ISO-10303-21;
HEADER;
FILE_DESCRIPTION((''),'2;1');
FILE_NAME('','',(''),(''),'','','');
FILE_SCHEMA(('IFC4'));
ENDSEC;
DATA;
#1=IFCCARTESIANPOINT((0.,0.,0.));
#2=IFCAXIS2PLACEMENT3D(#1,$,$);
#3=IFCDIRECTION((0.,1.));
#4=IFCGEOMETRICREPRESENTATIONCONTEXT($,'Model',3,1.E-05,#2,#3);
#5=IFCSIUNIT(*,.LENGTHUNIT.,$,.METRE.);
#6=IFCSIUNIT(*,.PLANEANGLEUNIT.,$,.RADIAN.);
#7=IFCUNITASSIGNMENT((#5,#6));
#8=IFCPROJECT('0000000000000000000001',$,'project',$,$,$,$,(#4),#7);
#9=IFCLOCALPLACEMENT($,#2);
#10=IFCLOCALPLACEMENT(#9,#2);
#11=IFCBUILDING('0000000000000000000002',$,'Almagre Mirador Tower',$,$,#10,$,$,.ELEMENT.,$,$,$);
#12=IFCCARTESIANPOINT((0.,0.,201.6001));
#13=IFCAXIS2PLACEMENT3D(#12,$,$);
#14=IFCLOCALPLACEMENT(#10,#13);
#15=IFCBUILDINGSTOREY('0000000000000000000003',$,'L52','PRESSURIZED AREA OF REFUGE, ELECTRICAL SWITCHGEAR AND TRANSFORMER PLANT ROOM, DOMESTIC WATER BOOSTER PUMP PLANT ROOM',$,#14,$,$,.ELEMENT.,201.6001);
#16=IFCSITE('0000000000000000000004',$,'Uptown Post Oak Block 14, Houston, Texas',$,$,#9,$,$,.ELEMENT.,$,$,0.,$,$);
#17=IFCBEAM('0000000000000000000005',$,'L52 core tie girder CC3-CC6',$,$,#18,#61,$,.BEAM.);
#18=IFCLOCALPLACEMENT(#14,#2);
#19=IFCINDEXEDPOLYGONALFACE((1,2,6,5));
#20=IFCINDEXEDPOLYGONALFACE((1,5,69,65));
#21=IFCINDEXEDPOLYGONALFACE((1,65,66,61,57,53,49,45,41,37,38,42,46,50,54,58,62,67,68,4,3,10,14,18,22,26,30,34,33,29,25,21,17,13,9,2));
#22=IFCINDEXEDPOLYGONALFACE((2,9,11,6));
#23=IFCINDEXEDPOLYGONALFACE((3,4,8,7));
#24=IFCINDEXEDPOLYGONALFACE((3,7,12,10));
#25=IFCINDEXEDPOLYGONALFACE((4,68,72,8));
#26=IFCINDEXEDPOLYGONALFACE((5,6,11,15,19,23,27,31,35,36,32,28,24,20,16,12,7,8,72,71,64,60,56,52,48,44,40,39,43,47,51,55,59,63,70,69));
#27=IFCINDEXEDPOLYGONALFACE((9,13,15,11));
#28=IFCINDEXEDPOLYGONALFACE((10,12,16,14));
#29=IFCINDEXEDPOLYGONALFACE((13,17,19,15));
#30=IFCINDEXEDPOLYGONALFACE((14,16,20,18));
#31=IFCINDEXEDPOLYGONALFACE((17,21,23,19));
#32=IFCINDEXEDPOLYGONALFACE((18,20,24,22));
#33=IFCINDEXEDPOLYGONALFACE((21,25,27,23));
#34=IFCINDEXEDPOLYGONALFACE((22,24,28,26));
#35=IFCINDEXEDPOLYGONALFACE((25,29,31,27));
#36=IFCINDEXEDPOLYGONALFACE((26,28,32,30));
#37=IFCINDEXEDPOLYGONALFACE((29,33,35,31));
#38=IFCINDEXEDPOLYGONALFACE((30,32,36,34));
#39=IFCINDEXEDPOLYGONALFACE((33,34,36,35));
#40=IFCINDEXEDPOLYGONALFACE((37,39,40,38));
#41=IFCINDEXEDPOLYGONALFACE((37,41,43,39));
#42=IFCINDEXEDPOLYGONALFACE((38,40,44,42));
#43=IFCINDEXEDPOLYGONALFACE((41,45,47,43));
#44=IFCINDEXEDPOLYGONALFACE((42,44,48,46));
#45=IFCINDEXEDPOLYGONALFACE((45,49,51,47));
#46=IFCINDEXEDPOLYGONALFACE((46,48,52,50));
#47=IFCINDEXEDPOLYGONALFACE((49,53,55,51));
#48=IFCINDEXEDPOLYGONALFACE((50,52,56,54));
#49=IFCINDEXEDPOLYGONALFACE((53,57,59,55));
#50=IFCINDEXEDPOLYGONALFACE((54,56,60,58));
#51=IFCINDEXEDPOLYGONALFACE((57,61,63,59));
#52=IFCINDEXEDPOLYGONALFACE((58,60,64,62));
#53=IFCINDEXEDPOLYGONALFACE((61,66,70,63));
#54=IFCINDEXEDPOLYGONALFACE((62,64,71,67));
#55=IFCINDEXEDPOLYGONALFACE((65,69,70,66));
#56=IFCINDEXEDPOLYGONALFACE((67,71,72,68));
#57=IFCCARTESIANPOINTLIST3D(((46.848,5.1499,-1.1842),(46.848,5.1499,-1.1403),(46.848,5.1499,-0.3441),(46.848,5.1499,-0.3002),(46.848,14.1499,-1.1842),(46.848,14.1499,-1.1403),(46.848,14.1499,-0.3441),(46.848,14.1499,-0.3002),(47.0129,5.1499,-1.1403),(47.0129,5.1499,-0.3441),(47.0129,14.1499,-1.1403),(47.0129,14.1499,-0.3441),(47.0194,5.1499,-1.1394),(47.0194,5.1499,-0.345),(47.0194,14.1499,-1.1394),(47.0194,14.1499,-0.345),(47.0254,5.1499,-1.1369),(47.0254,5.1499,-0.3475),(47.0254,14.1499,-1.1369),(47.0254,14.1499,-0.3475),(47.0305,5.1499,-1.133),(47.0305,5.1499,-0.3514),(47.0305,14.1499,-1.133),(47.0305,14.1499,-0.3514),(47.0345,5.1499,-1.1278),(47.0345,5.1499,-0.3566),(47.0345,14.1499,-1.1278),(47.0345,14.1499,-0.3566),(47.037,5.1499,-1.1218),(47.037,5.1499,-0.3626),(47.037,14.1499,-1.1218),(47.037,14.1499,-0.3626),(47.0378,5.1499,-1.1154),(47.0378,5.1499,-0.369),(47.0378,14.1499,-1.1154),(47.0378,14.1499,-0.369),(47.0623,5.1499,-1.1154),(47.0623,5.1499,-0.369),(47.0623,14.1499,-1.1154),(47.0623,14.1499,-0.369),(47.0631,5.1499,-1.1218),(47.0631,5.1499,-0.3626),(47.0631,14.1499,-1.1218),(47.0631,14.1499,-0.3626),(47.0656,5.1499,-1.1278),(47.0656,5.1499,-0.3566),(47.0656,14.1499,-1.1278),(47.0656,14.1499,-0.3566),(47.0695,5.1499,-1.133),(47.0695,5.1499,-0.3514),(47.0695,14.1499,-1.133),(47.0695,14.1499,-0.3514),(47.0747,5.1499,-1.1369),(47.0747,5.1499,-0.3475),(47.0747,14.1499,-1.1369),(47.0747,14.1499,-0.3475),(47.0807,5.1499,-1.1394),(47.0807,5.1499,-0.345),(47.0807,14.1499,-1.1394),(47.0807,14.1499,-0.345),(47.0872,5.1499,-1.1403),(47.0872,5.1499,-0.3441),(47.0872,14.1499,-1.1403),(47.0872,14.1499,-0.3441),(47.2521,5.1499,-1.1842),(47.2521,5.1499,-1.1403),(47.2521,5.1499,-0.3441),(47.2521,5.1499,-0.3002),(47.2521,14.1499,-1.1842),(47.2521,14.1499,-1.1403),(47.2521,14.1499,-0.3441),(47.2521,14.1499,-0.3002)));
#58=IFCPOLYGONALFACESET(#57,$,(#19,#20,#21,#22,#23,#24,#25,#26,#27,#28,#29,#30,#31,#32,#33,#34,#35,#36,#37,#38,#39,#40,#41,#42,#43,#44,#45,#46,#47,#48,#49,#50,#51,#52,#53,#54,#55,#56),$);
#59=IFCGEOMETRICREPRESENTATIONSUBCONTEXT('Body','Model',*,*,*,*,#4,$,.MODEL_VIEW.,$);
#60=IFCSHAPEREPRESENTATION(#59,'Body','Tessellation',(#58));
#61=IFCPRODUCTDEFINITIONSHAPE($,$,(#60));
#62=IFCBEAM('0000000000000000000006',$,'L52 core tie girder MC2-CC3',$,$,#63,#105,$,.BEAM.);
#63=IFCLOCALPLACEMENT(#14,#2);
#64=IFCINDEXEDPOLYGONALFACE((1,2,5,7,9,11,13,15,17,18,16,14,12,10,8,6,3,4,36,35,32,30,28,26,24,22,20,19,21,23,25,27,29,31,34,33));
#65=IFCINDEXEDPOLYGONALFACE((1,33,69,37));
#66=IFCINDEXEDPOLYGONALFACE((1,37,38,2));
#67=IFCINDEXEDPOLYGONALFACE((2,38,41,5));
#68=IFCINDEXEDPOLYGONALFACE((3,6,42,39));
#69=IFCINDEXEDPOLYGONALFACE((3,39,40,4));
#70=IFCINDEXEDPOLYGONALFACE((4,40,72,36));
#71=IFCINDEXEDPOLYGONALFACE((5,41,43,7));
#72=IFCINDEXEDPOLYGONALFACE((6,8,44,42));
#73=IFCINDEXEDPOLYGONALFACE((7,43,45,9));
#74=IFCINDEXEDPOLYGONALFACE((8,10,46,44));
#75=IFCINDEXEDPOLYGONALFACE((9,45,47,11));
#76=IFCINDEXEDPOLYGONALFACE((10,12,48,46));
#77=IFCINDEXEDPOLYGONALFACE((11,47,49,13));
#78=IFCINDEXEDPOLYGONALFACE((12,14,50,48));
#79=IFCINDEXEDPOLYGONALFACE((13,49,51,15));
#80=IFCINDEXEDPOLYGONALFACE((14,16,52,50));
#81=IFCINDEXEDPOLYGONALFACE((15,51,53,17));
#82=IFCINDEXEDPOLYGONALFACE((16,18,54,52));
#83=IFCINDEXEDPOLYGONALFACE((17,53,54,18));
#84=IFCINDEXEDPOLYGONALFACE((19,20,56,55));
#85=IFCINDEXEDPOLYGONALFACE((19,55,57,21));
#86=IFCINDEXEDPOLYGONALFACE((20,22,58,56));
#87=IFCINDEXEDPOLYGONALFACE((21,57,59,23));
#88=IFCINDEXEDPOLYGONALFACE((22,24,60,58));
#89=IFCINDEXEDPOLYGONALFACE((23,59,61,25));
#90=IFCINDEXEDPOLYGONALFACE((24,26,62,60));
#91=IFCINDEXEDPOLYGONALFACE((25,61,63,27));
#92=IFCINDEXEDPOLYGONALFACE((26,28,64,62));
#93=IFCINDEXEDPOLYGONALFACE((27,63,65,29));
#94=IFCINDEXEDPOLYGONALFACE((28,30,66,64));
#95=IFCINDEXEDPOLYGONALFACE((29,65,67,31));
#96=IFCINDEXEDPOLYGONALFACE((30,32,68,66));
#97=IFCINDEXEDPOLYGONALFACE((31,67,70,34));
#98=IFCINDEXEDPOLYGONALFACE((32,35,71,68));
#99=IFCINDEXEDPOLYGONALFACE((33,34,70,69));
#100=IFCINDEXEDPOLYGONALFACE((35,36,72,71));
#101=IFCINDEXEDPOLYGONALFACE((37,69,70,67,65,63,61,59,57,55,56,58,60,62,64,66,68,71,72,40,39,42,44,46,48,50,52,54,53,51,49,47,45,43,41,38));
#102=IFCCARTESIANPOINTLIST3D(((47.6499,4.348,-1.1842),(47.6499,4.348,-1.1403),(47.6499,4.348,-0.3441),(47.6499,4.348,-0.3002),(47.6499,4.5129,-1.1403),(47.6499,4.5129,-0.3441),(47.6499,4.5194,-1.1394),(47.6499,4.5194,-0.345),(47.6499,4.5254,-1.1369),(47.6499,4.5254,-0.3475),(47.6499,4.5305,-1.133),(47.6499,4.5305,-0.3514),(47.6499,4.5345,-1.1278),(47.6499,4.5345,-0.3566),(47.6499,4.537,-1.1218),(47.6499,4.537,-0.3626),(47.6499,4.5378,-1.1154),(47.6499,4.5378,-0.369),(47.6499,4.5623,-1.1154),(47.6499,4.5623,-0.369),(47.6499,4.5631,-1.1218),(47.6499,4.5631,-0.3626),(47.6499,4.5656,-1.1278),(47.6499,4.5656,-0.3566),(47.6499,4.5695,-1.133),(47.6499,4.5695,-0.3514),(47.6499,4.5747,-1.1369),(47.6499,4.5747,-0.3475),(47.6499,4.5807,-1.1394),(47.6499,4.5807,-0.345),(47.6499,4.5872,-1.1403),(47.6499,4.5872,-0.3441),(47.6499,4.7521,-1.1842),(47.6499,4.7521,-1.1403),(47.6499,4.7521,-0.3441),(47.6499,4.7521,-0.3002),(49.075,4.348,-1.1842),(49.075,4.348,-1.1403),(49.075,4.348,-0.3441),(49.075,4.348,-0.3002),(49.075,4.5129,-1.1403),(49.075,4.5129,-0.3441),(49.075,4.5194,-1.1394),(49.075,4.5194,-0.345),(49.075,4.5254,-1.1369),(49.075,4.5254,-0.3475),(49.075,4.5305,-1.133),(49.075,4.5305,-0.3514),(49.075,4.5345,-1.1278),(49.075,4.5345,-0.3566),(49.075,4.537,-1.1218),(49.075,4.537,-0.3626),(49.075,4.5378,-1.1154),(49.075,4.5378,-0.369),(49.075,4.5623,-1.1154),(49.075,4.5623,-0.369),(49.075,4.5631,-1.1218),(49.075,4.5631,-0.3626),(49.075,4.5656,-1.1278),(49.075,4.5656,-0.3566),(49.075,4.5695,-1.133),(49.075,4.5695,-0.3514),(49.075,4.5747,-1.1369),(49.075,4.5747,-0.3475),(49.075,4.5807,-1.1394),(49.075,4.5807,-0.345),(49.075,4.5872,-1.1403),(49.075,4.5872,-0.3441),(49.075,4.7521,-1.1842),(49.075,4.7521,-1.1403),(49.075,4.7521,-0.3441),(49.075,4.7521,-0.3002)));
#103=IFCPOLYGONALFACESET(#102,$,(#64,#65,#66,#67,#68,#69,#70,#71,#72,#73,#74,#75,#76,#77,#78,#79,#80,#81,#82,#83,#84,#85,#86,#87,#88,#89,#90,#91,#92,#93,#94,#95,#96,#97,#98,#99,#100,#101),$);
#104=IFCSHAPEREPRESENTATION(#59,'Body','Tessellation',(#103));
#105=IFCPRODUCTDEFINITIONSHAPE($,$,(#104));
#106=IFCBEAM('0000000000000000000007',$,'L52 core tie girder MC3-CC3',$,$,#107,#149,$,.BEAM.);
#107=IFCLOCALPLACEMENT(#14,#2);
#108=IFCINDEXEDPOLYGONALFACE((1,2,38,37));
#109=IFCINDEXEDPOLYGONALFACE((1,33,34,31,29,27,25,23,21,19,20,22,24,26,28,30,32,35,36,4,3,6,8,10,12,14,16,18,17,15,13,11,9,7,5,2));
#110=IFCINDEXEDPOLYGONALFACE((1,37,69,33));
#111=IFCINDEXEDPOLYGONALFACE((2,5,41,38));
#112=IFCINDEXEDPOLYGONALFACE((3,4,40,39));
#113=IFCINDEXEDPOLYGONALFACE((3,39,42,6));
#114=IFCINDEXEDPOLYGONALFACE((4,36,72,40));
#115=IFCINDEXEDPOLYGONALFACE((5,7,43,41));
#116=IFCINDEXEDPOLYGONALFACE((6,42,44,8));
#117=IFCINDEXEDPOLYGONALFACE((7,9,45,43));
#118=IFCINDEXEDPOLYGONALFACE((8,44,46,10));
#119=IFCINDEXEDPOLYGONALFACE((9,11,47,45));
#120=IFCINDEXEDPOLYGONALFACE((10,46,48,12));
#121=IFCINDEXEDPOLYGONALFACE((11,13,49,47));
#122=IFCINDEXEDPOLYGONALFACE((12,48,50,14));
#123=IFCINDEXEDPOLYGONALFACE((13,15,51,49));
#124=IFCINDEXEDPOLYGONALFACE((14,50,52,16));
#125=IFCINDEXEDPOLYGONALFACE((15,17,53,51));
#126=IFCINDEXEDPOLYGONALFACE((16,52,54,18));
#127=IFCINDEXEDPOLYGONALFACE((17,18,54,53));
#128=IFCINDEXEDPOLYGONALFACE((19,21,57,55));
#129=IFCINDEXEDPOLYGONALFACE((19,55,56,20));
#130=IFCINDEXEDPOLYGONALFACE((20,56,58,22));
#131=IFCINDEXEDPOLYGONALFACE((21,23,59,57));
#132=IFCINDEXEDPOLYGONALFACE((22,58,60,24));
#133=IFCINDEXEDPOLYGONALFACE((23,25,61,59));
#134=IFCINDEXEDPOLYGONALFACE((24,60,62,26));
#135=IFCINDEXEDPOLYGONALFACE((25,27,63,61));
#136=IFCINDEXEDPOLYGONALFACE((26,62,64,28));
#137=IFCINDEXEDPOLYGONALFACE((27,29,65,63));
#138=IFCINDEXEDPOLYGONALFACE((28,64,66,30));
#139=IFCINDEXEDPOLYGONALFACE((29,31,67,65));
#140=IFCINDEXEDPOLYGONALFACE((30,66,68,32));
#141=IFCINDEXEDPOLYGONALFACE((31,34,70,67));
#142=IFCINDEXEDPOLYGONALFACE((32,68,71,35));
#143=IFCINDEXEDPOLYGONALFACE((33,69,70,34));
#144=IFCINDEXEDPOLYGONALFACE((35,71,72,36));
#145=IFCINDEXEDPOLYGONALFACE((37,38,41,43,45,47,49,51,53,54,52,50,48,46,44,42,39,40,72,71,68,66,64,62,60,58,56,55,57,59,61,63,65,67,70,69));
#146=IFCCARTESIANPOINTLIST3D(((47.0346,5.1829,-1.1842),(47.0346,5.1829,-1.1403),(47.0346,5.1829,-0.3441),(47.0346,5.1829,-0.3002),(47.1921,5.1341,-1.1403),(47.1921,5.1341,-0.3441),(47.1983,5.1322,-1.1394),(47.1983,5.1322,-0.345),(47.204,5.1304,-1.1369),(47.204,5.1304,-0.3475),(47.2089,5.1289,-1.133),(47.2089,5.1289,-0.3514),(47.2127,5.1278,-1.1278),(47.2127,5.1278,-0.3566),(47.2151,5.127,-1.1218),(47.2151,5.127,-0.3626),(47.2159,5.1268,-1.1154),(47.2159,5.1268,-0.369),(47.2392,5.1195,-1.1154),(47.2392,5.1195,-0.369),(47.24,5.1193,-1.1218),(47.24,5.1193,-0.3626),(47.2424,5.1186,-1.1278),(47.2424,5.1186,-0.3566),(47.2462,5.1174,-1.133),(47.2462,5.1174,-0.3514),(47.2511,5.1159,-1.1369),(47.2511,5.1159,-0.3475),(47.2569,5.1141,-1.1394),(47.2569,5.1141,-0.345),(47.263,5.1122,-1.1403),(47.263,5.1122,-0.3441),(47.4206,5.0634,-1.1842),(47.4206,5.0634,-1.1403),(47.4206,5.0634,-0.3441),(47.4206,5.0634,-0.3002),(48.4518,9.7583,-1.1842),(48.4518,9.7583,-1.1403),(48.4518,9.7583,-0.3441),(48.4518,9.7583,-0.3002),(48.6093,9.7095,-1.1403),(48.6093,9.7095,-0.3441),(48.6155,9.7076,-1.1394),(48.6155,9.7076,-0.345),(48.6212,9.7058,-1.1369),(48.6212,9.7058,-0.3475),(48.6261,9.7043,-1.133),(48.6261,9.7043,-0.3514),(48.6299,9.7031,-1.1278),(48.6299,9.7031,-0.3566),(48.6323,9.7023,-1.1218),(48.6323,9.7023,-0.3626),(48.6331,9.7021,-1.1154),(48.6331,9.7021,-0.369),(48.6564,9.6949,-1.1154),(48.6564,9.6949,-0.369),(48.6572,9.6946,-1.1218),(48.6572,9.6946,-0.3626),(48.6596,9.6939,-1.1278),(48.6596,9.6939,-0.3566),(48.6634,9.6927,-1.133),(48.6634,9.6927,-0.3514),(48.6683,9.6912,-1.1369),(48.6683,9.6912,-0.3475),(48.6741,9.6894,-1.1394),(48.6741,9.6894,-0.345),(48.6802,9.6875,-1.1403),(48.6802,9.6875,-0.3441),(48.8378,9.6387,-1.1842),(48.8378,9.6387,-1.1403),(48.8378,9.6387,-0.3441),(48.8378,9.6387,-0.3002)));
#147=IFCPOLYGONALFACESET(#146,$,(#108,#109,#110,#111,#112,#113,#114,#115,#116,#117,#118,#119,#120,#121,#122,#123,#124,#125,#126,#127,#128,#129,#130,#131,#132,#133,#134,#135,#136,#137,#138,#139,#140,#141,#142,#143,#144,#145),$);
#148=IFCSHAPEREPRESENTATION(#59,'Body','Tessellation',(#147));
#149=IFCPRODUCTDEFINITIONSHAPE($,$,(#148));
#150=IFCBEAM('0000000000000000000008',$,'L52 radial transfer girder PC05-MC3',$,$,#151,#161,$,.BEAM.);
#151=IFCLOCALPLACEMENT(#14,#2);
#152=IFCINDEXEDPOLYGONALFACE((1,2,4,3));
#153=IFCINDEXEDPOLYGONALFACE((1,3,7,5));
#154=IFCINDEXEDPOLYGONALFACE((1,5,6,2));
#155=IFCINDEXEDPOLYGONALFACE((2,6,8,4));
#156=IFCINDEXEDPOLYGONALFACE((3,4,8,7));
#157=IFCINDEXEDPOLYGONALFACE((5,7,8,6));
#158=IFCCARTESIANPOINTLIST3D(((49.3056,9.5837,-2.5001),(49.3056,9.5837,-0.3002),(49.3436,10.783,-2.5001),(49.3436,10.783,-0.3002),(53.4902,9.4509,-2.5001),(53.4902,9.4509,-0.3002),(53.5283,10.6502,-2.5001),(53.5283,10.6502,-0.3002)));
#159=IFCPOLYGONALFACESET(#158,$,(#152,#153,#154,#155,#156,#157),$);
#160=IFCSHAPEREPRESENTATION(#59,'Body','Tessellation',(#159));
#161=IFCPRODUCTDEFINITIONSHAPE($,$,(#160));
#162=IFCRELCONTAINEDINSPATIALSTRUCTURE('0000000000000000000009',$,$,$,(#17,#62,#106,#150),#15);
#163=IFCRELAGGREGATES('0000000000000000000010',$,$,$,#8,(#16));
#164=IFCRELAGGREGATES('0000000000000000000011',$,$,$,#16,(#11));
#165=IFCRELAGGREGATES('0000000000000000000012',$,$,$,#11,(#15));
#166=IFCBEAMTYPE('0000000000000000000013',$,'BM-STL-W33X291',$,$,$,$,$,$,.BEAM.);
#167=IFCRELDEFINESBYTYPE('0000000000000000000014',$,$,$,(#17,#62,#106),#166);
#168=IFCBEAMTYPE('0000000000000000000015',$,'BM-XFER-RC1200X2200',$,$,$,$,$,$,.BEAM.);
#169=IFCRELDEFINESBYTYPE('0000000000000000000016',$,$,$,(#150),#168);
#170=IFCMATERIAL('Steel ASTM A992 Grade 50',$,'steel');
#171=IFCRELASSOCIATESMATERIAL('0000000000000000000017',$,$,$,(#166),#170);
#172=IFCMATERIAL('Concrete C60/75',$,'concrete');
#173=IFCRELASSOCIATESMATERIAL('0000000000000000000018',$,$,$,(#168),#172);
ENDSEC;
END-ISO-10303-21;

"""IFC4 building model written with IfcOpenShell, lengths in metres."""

from ifc_helpers import new_model, si_unit, direction, frame, origin, origin_2d, place, context, subcontext, project, spatial, rectangle, i_section, extrude, material, material_profile, profile_set, type_object, element, save


model = new_model("IFC4")

# Units and contexts
model_context = context("Model", 3, precision=1e-05, world=origin(), true_north=direction((0.0, 1.0)))
body_context = subcontext(model_context, "Body", "Model", "MODEL_VIEW")
ifc_project = project(units=[si_unit("LENGTHUNIT", "METRE"), si_unit("PLANEANGLEUNIT", "RADIAN")], contexts=[model_context])

# Site, building, storey
site_placement = place(None, origin())
site = spatial("IfcSite", under=ifc_project, at=site_placement, Name="Uptown Post Oak Block 14, Houston, Texas", CompositionType="ELEMENT", RefElevation=0.0)
building_placement = place(site_placement, origin())
building = spatial("IfcBuilding", under=site, at=building_placement, Name="Almagre Mirador Tower", CompositionType="ELEMENT")
storey_placement = place(building_placement, frame((0.0, 0.0, 201.6001)))
storey = spatial("IfcBuildingStorey", under=building, at=storey_placement, Name="L52", Description="PRESSURIZED AREA OF REFUGE, ELECTRICAL SWITCHGEAR AND TRANSFORMER PLANT ROOM, DOMESTIC WATER BOOSTER PUMP PLANT ROOM", CompositionType="ELEMENT", Elevation=201.6001)

# Beams
ifc_material_1 = material(Name="Steel ASTM A992 Grade 50", Category="steel")
ifc_material_profile_1 = material_profile(ifc_material_1, i_section(OverallWidth=0.4041, OverallDepth=0.884, WebThickness=0.0244, FlangeThickness=0.0439, FilletRadius=0.0249, at=origin_2d()), Name="W33X291")
ifc_profile_set_1 = profile_set([ifc_material_profile_1], Name="Steel ASTM A992 Grade 50")
beam_type_1 = type_object("IfcBeamType", Name="BM-STL-W33X291", PredefinedType="BEAM", material=ifc_profile_set_1)
beam_1_placement = place(storey_placement, frame((47.05, 5.1499, -0.7422), z_axis=(0.0, 1.0, 0.0), x_axis=(-1.0, 0.0, 0.0)))
element("IfcBeam", 1, at=beam_1_placement, inside=storey, type_object=beam_type_1, Name="L52 core tie girder CC3-CC6", PredefinedType="BEAM", context=body_context, shape_type="SweptSolid", body=[
    extrude(i_section(OverallWidth=0.4041, OverallDepth=0.884, WebThickness=0.0244, FlangeThickness=0.0439, FilletRadius=0.0249, at=origin_2d()), origin(), (0.0, 0.0, 1.0), 9.0),
])
beam_2_placement = place(storey_placement, frame((49.075, 4.55, -0.7422), z_axis=(-1.0, 0.0, 0.0), x_axis=(0.0, -1.0, 0.0)))
element("IfcBeam", 2, at=beam_2_placement, inside=storey, type_object=beam_type_1, Name="L52 core tie girder MC2-CC3", PredefinedType="BEAM", context=body_context, shape_type="SweptSolid", body=[
    extrude(i_section(OverallWidth=0.4041, OverallDepth=0.884, WebThickness=0.0244, FlangeThickness=0.0439, FilletRadius=0.0249, at=origin_2d()), origin(), (0.0, 0.0, 1.0), 1.425),
])
beam_3_placement = place(storey_placement, frame((48.6448, 9.6985, -0.7422), z_axis=(-0.29588, -0.955225, 0.0), x_axis=(0.955225, -0.29588, 0.0)))
element("IfcBeam", 3, at=beam_3_placement, inside=storey, type_object=beam_type_1, Name="L52 core tie girder MC3-CC3", PredefinedType="BEAM", context=body_context, shape_type="SweptSolid", body=[
    extrude(i_section(OverallWidth=0.4041, OverallDepth=0.884, WebThickness=0.0244, FlangeThickness=0.0439, FilletRadius=0.0249, at=origin_2d()), origin(), (0.0, 0.0, 1.0), 4.7898),
])
ifc_material_2 = material(Name="Concrete C60/75", Category="concrete")
ifc_material_profile_2 = material_profile(ifc_material_2, rectangle(XDim=1.2, YDim=2.2, at=origin_2d()), Name="RC1200X2200")
ifc_profile_set_2 = profile_set([ifc_material_profile_2], Name="Concrete C60/75")
beam_type_2 = type_object("IfcBeamType", Name="BM-XFER-RC1200X2200", PredefinedType="BEAM", material=ifc_profile_set_2)
beam_4_placement = place(storey_placement, frame((53.5093, 10.0505, -1.4001), z_axis=(-0.999497, 0.031723, 0.0), x_axis=(-0.031723, -0.999497, 0.0)))
element("IfcBeam", 4, at=beam_4_placement, inside=storey, type_object=beam_type_2, Name="L52 radial transfer girder PC05-MC3", PredefinedType="BEAM", context=body_context, shape_type="SweptSolid", body=[
    extrude(rectangle(XDim=1.2, YDim=2.2, at=origin_2d()), origin(), (0.0, 0.0, 1.0), 4.1868),
])

save(model, "model.ifc")
